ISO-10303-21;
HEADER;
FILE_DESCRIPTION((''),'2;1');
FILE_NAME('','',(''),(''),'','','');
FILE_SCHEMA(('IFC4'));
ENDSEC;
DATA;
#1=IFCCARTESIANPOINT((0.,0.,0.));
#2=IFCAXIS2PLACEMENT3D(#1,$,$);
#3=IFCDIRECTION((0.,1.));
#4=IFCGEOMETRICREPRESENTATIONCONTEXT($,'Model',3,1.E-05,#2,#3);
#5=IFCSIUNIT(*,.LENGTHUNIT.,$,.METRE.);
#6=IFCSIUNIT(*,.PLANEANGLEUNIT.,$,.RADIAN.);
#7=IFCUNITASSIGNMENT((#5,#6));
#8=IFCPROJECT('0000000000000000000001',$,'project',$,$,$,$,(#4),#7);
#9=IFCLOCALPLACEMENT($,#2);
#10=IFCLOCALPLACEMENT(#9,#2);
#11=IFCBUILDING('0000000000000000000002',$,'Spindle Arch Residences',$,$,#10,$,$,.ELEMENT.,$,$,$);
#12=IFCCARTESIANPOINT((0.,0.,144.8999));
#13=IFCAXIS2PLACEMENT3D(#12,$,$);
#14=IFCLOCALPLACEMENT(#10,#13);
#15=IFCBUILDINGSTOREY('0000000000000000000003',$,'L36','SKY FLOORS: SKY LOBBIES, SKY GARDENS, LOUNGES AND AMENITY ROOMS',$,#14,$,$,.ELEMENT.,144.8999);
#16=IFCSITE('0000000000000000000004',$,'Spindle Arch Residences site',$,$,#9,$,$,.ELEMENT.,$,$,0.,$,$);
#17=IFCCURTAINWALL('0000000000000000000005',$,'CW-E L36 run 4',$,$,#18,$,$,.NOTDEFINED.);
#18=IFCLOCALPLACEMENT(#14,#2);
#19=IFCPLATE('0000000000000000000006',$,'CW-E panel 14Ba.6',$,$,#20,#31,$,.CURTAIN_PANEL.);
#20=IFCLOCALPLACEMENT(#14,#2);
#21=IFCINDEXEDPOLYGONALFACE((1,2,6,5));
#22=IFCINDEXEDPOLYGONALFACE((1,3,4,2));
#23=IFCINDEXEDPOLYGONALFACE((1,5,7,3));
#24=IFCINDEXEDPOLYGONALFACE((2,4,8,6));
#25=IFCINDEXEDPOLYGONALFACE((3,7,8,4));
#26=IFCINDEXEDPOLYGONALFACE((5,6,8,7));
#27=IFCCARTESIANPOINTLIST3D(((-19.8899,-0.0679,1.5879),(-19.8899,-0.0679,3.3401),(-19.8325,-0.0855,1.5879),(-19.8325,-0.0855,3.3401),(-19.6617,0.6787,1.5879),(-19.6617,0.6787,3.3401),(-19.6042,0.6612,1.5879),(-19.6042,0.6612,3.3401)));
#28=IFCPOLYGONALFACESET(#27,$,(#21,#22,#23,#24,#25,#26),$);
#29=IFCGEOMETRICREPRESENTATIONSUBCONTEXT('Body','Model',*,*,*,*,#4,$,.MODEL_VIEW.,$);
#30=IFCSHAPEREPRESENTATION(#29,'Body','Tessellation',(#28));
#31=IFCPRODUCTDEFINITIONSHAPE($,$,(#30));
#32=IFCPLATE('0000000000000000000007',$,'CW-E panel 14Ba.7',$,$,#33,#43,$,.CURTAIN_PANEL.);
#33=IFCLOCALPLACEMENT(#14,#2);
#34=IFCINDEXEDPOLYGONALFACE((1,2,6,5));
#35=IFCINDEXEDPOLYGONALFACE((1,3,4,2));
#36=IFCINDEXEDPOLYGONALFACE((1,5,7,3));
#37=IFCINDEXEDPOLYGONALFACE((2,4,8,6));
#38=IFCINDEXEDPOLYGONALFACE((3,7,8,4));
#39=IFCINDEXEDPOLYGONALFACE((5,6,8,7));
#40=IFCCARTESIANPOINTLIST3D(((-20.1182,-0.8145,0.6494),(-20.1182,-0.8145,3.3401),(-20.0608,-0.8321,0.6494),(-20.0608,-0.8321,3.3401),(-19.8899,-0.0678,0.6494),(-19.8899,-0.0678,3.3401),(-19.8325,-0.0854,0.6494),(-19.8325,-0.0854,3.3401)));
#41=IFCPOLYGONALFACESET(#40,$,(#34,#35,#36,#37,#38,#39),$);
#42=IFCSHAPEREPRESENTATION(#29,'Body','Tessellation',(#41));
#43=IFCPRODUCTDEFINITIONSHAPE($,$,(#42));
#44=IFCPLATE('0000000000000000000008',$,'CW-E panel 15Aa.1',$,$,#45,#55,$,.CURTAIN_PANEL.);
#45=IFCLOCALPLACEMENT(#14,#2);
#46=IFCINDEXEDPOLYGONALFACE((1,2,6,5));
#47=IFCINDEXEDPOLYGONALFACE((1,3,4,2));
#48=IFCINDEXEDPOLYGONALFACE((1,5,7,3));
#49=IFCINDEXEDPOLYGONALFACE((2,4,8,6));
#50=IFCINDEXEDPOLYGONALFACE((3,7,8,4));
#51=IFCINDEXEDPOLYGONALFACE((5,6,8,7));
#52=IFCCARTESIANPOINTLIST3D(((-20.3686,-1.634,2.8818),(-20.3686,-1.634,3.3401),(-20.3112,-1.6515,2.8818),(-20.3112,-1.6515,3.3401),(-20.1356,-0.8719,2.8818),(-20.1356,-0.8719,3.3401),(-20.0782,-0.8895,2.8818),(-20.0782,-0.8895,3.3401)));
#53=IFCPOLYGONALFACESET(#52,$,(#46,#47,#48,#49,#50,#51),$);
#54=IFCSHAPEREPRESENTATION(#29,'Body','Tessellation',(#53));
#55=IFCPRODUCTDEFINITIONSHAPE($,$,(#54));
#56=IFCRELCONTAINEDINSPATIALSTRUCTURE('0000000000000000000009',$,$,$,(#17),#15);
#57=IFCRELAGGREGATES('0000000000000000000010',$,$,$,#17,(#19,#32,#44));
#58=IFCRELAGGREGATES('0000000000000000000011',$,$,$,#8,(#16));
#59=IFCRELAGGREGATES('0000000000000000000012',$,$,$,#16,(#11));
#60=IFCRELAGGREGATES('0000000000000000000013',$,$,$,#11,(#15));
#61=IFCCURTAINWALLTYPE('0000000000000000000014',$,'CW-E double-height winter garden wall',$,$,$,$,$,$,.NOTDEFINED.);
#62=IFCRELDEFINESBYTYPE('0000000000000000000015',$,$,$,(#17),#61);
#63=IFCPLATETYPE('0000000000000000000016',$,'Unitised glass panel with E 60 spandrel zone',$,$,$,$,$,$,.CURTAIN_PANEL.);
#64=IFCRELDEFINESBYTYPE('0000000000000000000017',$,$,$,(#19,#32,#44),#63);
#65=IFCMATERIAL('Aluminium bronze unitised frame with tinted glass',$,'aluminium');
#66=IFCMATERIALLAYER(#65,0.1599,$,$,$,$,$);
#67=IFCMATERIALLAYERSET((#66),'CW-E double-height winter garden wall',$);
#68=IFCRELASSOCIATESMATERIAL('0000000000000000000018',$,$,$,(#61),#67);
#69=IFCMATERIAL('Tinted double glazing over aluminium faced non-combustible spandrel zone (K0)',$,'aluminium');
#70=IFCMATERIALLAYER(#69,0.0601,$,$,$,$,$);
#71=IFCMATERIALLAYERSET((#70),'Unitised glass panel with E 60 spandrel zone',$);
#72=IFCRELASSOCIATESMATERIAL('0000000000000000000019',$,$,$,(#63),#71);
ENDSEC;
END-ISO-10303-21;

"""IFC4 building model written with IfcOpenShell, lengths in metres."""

from ifc_helpers import new_model, si_unit, direction, frame, origin, origin_2d, place, context, subcontext, project, spatial, rectangle, extrude, material, layer, layer_set, type_object, element, aggregate, save


model = new_model("IFC4")

# Units and contexts
model_context = context("Model", 3, precision=1e-05, world=origin(), true_north=direction((0.0, 1.0)))
body_context = subcontext(model_context, "Body", "Model", "MODEL_VIEW")
ifc_project = project(units=[si_unit("LENGTHUNIT", "METRE"), si_unit("PLANEANGLEUNIT", "RADIAN")], contexts=[model_context])

# Site, building, storey
site_placement = place(None, origin())
site = spatial("IfcSite", under=ifc_project, at=site_placement, Name="Spindle Arch Residences site", CompositionType="ELEMENT", RefElevation=0.0)
building_placement = place(site_placement, origin())
building = spatial("IfcBuilding", under=site, at=building_placement, Name="Spindle Arch Residences", CompositionType="ELEMENT")
storey_placement = place(building_placement, frame((0.0, 0.0, 144.8999)))
storey = spatial("IfcBuildingStorey", under=building, at=storey_placement, Name="L36", Description="SKY FLOORS: SKY LOBBIES, SKY GARDENS, LOUNGES AND AMENITY ROOMS", CompositionType="ELEMENT", Elevation=144.8999)

# Curtain wall, plates
ifc_material_1 = material(Name="Aluminium bronze unitised frame with tinted glass", Category="aluminium")
ifc_layer_1 = layer(ifc_material_1, 0.1599)
ifc_layer_set_1 = layer_set([ifc_layer_1], Name="CW-E double-height winter garden wall")
curtain_wall_type = type_object("IfcCurtainWallType", Name="CW-E double-height winter garden wall", PredefinedType="NOTDEFINED", material=ifc_layer_set_1)
curtain_wall_placement = place(storey_placement, origin())
curtain_wall = element("IfcCurtainWall", 1, at=curtain_wall_placement, inside=storey, type_object=curtain_wall_type, Name="CW-E L36 run 4", PredefinedType="NOTDEFINED")
ifc_material_2 = material(Name="Tinted double glazing over aluminium faced non-combustible spandrel zone (K0)", Category="aluminium")
ifc_layer_2 = layer(ifc_material_2, 0.0601)
ifc_layer_set_2 = layer_set([ifc_layer_2], Name="Unitised glass panel with E 60 spandrel zone")
plate_type_1 = type_object("IfcPlateType", Name="Unitised glass panel with E 60 spandrel zone", PredefinedType="CURTAIN_PANEL", material=ifc_layer_set_2)
plate_1_placement = place(storey_placement, frame((-19.7471, 0.2966, 1.5879), z_axis=(0.0, 0.0, 1.0), x_axis=(-0.292372, -0.956305, 0.0)))
plate_1 = element("IfcPlate", 2, at=plate_1_placement, type_object=plate_type_1, Name="CW-E panel 14Ba.6", PredefinedType="CURTAIN_PANEL", context=body_context, shape_type="SweptSolid", body=[
    extrude(rectangle(XDim=0.7808, YDim=0.0601, at=origin_2d()), origin(), (0.0, 0.0, 1.0), 1.7522),
])
plate_2_placement = place(storey_placement, frame((-19.9753, -0.45, 0.6494), z_axis=(0.0, 0.0, 1.0), x_axis=(-0.292372, -0.956305, 0.0)))
plate_2 = element("IfcPlate", 3, at=plate_2_placement, type_object=plate_type_1, Name="CW-E panel 14Ba.7", PredefinedType="CURTAIN_PANEL", context=body_context, shape_type="SweptSolid", body=[
    extrude(rectangle(XDim=0.7808, YDim=0.0601, at=origin_2d()), origin(), (0.0, 0.0, 1.0), 2.6907),
])
plate_3_placement = place(storey_placement, frame((-20.2234, -1.2617, 2.8818), z_axis=(0.0, 0.0, 1.0), x_axis=(-0.292372, -0.956305, 0.0)))
plate_3 = element("IfcPlate", 4, at=plate_3_placement, type_object=plate_type_1, Name="CW-E panel 15Aa.1", PredefinedType="CURTAIN_PANEL", context=body_context, shape_type="SweptSolid", body=[
    extrude(rectangle(XDim=0.7969, YDim=0.0601, at=origin_2d()), origin(), (0.0, 0.0, 1.0), 0.4583),
])
aggregate(curtain_wall, [plate_1, plate_2, plate_3])

save(model, "model.ifc")
